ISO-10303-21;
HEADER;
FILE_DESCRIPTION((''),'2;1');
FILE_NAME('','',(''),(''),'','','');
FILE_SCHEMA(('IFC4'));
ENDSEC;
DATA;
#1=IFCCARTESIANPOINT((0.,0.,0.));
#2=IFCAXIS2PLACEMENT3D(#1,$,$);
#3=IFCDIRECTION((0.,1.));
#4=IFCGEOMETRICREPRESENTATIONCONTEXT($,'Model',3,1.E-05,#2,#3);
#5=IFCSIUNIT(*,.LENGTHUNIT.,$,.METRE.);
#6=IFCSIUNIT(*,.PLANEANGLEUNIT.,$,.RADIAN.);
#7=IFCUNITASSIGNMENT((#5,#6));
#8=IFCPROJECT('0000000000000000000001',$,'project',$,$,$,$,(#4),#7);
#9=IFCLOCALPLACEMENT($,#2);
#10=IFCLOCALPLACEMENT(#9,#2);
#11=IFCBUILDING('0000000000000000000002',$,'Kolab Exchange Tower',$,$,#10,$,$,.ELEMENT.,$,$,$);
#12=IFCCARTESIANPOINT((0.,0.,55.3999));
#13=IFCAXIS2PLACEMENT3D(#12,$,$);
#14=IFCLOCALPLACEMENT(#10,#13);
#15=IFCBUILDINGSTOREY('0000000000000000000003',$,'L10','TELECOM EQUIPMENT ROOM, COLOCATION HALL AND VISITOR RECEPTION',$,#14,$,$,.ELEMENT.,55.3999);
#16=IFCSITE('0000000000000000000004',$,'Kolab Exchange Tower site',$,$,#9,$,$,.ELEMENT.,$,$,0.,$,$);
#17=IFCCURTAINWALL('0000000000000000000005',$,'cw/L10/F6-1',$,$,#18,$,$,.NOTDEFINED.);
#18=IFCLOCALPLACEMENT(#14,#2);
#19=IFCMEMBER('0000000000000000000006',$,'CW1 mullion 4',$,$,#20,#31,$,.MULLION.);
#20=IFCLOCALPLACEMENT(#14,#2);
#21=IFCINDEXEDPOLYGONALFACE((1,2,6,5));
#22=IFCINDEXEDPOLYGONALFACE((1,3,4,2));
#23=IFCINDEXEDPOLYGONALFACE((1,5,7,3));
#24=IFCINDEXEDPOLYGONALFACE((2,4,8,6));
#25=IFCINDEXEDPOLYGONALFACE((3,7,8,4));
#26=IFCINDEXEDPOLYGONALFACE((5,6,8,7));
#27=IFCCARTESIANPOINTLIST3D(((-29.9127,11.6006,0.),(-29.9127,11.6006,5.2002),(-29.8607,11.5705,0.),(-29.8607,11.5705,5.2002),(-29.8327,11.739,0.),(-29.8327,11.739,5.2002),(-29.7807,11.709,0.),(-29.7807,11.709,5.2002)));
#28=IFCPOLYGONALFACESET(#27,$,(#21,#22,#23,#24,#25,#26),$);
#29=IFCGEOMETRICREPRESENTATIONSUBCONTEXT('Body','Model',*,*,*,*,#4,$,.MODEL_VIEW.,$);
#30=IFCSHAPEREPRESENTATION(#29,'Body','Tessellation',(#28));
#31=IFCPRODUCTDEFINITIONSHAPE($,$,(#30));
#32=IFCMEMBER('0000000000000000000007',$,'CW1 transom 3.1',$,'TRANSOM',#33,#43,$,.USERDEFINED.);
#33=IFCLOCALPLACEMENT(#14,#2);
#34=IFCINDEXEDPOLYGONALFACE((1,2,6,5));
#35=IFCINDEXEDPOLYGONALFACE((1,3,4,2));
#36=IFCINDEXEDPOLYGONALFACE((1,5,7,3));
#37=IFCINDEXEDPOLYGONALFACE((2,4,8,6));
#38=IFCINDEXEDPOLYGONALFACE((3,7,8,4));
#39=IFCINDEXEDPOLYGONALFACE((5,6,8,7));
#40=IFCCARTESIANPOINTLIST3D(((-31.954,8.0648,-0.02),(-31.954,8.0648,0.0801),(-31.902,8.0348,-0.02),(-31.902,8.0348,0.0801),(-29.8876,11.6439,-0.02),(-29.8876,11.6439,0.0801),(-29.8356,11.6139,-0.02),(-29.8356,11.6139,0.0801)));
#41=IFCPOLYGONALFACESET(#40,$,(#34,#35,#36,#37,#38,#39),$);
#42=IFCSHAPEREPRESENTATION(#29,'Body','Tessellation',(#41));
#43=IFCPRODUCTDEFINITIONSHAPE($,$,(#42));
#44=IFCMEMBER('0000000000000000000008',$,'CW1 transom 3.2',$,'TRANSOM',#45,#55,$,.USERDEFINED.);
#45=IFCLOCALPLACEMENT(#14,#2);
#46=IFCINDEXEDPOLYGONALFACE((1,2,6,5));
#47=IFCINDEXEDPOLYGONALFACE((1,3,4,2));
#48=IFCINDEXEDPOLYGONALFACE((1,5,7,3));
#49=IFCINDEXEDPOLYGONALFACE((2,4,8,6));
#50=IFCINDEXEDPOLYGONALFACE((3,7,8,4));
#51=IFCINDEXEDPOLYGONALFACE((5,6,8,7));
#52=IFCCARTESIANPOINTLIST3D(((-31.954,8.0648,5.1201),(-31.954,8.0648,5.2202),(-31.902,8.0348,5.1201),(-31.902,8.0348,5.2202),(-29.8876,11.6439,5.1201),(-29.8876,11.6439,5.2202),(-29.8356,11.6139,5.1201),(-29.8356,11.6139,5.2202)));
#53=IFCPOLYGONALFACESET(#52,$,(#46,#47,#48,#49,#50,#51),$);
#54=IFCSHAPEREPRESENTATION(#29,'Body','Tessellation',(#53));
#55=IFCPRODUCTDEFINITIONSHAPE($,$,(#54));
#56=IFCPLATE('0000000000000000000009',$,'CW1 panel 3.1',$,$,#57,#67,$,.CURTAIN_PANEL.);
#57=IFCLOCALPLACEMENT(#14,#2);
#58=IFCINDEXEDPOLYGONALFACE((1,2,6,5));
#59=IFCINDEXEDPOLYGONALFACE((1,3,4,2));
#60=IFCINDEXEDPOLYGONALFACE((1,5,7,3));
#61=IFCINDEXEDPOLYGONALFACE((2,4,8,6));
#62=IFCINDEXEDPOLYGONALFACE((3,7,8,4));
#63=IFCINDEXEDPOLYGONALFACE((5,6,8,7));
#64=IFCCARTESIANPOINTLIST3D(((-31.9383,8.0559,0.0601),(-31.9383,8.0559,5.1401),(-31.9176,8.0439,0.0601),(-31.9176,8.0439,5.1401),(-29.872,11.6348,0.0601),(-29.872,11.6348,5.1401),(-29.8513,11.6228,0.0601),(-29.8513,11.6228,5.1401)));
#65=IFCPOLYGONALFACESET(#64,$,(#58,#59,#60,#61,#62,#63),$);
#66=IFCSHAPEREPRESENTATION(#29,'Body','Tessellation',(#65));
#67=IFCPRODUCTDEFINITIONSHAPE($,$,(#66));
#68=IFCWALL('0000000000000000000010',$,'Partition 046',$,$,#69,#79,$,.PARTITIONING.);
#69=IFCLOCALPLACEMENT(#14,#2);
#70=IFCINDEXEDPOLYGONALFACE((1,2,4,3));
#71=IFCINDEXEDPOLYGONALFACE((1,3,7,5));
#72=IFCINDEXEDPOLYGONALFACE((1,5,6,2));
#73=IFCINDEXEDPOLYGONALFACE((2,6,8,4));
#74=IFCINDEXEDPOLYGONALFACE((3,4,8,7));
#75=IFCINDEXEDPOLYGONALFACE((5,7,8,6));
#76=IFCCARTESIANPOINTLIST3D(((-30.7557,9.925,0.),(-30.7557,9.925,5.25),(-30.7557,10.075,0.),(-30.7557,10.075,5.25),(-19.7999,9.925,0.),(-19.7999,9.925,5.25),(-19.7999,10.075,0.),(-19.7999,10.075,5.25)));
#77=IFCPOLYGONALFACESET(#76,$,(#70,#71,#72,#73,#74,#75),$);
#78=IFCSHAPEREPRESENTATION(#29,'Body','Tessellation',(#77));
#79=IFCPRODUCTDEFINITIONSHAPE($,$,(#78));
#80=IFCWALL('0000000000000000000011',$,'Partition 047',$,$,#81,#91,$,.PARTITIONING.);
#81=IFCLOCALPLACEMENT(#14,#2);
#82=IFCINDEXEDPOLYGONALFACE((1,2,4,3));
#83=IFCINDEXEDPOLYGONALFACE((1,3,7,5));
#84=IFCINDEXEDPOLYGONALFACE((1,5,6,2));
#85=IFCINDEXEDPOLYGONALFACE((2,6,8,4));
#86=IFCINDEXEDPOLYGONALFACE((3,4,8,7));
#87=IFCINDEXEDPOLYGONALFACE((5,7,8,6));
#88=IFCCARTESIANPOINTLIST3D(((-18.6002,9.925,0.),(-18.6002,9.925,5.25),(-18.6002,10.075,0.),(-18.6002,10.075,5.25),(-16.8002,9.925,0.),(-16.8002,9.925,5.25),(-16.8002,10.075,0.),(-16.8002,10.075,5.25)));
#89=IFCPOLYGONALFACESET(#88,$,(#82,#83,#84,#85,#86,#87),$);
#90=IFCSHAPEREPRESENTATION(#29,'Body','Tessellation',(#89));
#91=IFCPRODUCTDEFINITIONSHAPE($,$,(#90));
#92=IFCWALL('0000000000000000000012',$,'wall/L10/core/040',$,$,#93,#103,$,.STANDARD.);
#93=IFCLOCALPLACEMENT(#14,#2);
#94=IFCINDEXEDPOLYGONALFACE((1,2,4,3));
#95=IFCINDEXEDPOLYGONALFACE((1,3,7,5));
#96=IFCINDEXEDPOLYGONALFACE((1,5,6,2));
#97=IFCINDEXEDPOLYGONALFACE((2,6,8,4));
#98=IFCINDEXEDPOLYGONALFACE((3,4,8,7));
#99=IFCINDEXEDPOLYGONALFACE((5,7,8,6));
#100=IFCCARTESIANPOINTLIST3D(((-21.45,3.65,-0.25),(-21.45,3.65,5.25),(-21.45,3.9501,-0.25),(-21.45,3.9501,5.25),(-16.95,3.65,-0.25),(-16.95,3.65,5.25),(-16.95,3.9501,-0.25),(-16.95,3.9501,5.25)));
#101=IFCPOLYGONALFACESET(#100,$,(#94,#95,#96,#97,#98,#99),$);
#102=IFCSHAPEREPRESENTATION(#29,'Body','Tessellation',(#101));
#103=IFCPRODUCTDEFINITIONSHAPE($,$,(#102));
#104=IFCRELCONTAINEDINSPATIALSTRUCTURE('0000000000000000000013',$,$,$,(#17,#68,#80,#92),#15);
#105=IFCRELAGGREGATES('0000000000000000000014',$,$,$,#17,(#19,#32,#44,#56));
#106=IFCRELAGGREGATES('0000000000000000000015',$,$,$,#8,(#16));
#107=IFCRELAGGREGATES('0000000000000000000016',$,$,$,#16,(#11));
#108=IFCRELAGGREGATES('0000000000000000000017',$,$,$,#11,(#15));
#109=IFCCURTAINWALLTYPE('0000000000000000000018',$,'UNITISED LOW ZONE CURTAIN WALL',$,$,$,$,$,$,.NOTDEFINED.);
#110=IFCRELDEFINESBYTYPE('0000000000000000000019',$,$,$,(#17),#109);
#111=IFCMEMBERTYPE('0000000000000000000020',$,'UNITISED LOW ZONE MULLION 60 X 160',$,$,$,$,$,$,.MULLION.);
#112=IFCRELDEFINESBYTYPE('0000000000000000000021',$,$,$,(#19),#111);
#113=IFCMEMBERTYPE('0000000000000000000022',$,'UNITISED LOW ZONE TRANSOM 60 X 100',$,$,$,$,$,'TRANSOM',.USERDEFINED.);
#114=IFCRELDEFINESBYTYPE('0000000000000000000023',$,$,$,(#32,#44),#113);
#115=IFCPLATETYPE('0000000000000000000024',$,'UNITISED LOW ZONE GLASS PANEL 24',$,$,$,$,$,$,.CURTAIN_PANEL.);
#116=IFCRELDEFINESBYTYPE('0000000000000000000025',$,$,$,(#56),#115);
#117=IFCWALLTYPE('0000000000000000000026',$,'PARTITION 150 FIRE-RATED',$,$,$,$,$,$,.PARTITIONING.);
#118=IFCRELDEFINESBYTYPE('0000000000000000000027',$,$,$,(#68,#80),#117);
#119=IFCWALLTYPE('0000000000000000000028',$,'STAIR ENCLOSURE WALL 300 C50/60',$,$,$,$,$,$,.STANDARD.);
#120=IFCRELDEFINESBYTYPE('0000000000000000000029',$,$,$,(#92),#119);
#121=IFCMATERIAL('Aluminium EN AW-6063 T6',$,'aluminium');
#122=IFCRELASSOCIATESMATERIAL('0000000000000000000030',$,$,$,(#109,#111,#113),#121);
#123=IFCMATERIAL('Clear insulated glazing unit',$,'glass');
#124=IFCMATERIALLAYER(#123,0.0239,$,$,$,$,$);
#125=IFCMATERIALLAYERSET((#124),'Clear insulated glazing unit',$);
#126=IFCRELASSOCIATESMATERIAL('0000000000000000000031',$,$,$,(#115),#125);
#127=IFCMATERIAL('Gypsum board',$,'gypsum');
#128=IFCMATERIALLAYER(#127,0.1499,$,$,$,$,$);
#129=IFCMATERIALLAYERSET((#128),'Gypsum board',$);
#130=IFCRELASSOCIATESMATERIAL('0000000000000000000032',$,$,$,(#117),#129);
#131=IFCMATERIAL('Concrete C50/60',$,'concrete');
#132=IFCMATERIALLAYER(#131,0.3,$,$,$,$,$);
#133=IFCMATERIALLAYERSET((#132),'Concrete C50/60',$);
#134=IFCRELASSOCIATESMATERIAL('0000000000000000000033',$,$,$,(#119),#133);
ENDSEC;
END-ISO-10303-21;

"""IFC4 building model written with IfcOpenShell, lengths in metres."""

from ifc_helpers import new_model, si_unit, direction, frame, frame_2d, origin, origin_2d, place, context, subcontext, project, spatial, rectangle, extrude, material, layer, layer_set, material_profile, profile_set, type_object, element, aggregate, save


model = new_model("IFC4")

# Units and contexts
model_context = context("Model", 3, precision=1e-05, world=origin(), true_north=direction((0.0, 1.0)))
body_context = subcontext(model_context, "Body", "Model", "MODEL_VIEW")
ifc_project = project(units=[si_unit("LENGTHUNIT", "METRE"), si_unit("PLANEANGLEUNIT", "RADIAN")], contexts=[model_context])

# Site, building, storey
site_placement = place(None, origin())
site = spatial("IfcSite", under=ifc_project, at=site_placement, Name="Kolab Exchange Tower site", CompositionType="ELEMENT", RefElevation=0.0)
building_placement = place(site_placement, origin())
building = spatial("IfcBuilding", under=site, at=building_placement, Name="Kolab Exchange Tower", CompositionType="ELEMENT")
storey_placement = place(building_placement, frame((0.0, 0.0, 55.3999)))
storey = spatial("IfcBuildingStorey", under=building, at=storey_placement, Name="L10", Description="TELECOM EQUIPMENT ROOM, COLOCATION HALL AND VISITOR RECEPTION", CompositionType="ELEMENT", Elevation=55.3999)

# Curtain wall, members, plate
ifc_material_1 = material(Name="Aluminium EN AW-6063 T6", Category="aluminium")
curtain_wall_type = type_object("IfcCurtainWallType", Name="UNITISED LOW ZONE CURTAIN WALL", PredefinedType="NOTDEFINED", material=ifc_material_1)
curtain_wall_placement = place(storey_placement, origin())
curtain_wall = element("IfcCurtainWall", 1, at=curtain_wall_placement, inside=storey, type_object=curtain_wall_type, Name="cw/L10/F6-1", PredefinedType="NOTDEFINED")
ifc_material_profile_1 = material_profile(ifc_material_1, rectangle(XDim=0.0601, YDim=0.1599, at=origin_2d()), Name="RECT 60X160")
ifc_profile_set_1 = profile_set([ifc_material_profile_1], Name="Aluminium EN AW-6063 T6")
member_type_1 = type_object("IfcMemberType", Name="UNITISED LOW ZONE MULLION 60 X 160", PredefinedType="MULLION", material=ifc_profile_set_1)
member_1_placement = place(storey_placement, frame((-29.8467, 11.6548, 0.0), z_axis=(0.0, 0.0, 1.0), x_axis=(-0.866025, 0.5, 0.0)))
member_1 = element("IfcMember", 2, at=member_1_placement, type_object=member_type_1, Name="CW1 mullion 4", PredefinedType="MULLION", context=body_context, shape_type="SweptSolid", body=[
    extrude(rectangle(XDim=0.0601, YDim=0.1599, at=origin_2d()), origin(), (0.0, 0.0, 1.0), 5.2002),
])
ifc_material_profile_2 = material_profile(ifc_material_1, rectangle(XDim=0.0601, YDim=0.1001, at=origin_2d()), Name="RECT 60X100")
ifc_profile_set_2 = profile_set([ifc_material_profile_2], Name="Aluminium EN AW-6063 T6")
member_type_2 = type_object("IfcMemberType", Name="UNITISED LOW ZONE TRANSOM 60 X 100", ElementType="TRANSOM", PredefinedType="USERDEFINED", material=ifc_profile_set_2)
member_2_placement = place(storey_placement, frame((-31.928, 8.0498, 0.03), z_axis=(0.500002, 0.866024, 0.0), x_axis=(-0.866024, 0.500002, 0.0)))
member_2 = element("IfcMember", 3, at=member_2_placement, type_object=member_type_2, Name="CW1 transom 3.1", ObjectType="TRANSOM", PredefinedType="USERDEFINED", context=body_context, shape_type="SweptSolid", body=[
    extrude(rectangle(XDim=0.0601, YDim=0.1001, at=origin_2d()), origin(), (0.0, 0.0, 1.0), 4.1328),
])
member_3_placement = place(storey_placement, frame((-31.928, 8.0498, 5.1702), z_axis=(0.500002, 0.866024, 0.0), x_axis=(-0.866024, 0.500002, 0.0)))
member_3 = element("IfcMember", 4, at=member_3_placement, type_object=member_type_2, Name="CW1 transom 3.2", ObjectType="TRANSOM", PredefinedType="USERDEFINED", context=body_context, shape_type="SweptSolid", body=[
    extrude(rectangle(XDim=0.0601, YDim=0.1001, at=origin_2d()), origin(), (0.0, 0.0, 1.0), 4.1328),
])
ifc_material_2 = material(Name="Clear insulated glazing unit", Category="glass")
ifc_layer_1 = layer(ifc_material_2, 0.0239)
ifc_layer_set_1 = layer_set([ifc_layer_1], Name="Clear insulated glazing unit")
plate_type = type_object("IfcPlateType", Name="UNITISED LOW ZONE GLASS PANEL 24", PredefinedType="CURTAIN_PANEL", material=ifc_layer_set_1)
plate_placement = place(storey_placement, frame((-30.8948, 9.8394, 0.0601), z_axis=(0.0, 0.0, 1.0), x_axis=(0.5, 0.866025, 0.0)))
plate = element("IfcPlate", 5, at=plate_placement, type_object=plate_type, Name="CW1 panel 3.1", PredefinedType="CURTAIN_PANEL", context=body_context, shape_type="SweptSolid", body=[
    extrude(rectangle(XDim=4.1326, YDim=0.0239, at=origin_2d()), origin(), (0.0, 0.0, 1.0), 5.0801),
])
aggregate(curtain_wall, [member_1, member_2, member_3, plate])

# Walls
ifc_material_3 = material(Name="Gypsum board", Category="gypsum")
ifc_layer_2 = layer(ifc_material_3, 0.1499)
ifc_layer_set_2 = layer_set([ifc_layer_2], Name="Gypsum board")
wall_type_1 = type_object("IfcWallType", Name="PARTITION 150 FIRE-RATED", PredefinedType="PARTITIONING", material=ifc_layer_set_2)
wall_1_placement = place(storey_placement, frame((-30.7559, 10.0, 0.0), z_axis=(0.0, 0.0, 1.0), x_axis=(1.0, 0.0, 0.0)))
element("IfcWall", 6, at=wall_1_placement, inside=storey, type_object=wall_type_1, Name="Partition 046", PredefinedType="PARTITIONING", context=body_context, shape_type="SweptSolid", body=[
    extrude(rectangle(XDim=10.9558, YDim=0.1499, at=frame_2d((5.478, 0.0))), origin(), (0.0, 0.0, 1.0), 5.25),
])
wall_2_placement = place(storey_placement, frame((-18.6001, 10.0, 0.0), z_axis=(0.0, 0.0, 1.0), x_axis=(1.0, 0.0, 0.0)))
element("IfcWall", 7, at=wall_2_placement, inside=storey, type_object=wall_type_1, Name="Partition 047", PredefinedType="PARTITIONING", context=body_context, shape_type="SweptSolid", body=[
    extrude(rectangle(XDim=1.8, YDim=0.1499, at=frame_2d((0.8999, 0.0))), origin(), (0.0, 0.0, 1.0), 5.25),
])
ifc_material_4 = material(Name="Concrete C50/60", Category="concrete")
ifc_layer_3 = layer(ifc_material_4, 0.3)
ifc_layer_set_3 = layer_set([ifc_layer_3], Name="Concrete C50/60")
wall_type_2 = type_object("IfcWallType", Name="STAIR ENCLOSURE WALL 300 C50/60", PredefinedType="STANDARD", material=ifc_layer_set_3)
wall_3_placement = place(storey_placement, frame((-21.45, 3.8, -0.25), z_axis=(0.0, 0.0, 1.0), x_axis=(1.0, 0.0, 0.0)))
element("IfcWall", 8, at=wall_3_placement, inside=storey, type_object=wall_type_2, Name="wall/L10/core/040", PredefinedType="STANDARD", context=body_context, shape_type="SweptSolid", body=[
    extrude(rectangle(XDim=4.5, YDim=0.3, at=frame_2d((2.25, 0.0))), origin(), (0.0, 0.0, 1.0), 5.5),
])

save(model, "model.ifc")
